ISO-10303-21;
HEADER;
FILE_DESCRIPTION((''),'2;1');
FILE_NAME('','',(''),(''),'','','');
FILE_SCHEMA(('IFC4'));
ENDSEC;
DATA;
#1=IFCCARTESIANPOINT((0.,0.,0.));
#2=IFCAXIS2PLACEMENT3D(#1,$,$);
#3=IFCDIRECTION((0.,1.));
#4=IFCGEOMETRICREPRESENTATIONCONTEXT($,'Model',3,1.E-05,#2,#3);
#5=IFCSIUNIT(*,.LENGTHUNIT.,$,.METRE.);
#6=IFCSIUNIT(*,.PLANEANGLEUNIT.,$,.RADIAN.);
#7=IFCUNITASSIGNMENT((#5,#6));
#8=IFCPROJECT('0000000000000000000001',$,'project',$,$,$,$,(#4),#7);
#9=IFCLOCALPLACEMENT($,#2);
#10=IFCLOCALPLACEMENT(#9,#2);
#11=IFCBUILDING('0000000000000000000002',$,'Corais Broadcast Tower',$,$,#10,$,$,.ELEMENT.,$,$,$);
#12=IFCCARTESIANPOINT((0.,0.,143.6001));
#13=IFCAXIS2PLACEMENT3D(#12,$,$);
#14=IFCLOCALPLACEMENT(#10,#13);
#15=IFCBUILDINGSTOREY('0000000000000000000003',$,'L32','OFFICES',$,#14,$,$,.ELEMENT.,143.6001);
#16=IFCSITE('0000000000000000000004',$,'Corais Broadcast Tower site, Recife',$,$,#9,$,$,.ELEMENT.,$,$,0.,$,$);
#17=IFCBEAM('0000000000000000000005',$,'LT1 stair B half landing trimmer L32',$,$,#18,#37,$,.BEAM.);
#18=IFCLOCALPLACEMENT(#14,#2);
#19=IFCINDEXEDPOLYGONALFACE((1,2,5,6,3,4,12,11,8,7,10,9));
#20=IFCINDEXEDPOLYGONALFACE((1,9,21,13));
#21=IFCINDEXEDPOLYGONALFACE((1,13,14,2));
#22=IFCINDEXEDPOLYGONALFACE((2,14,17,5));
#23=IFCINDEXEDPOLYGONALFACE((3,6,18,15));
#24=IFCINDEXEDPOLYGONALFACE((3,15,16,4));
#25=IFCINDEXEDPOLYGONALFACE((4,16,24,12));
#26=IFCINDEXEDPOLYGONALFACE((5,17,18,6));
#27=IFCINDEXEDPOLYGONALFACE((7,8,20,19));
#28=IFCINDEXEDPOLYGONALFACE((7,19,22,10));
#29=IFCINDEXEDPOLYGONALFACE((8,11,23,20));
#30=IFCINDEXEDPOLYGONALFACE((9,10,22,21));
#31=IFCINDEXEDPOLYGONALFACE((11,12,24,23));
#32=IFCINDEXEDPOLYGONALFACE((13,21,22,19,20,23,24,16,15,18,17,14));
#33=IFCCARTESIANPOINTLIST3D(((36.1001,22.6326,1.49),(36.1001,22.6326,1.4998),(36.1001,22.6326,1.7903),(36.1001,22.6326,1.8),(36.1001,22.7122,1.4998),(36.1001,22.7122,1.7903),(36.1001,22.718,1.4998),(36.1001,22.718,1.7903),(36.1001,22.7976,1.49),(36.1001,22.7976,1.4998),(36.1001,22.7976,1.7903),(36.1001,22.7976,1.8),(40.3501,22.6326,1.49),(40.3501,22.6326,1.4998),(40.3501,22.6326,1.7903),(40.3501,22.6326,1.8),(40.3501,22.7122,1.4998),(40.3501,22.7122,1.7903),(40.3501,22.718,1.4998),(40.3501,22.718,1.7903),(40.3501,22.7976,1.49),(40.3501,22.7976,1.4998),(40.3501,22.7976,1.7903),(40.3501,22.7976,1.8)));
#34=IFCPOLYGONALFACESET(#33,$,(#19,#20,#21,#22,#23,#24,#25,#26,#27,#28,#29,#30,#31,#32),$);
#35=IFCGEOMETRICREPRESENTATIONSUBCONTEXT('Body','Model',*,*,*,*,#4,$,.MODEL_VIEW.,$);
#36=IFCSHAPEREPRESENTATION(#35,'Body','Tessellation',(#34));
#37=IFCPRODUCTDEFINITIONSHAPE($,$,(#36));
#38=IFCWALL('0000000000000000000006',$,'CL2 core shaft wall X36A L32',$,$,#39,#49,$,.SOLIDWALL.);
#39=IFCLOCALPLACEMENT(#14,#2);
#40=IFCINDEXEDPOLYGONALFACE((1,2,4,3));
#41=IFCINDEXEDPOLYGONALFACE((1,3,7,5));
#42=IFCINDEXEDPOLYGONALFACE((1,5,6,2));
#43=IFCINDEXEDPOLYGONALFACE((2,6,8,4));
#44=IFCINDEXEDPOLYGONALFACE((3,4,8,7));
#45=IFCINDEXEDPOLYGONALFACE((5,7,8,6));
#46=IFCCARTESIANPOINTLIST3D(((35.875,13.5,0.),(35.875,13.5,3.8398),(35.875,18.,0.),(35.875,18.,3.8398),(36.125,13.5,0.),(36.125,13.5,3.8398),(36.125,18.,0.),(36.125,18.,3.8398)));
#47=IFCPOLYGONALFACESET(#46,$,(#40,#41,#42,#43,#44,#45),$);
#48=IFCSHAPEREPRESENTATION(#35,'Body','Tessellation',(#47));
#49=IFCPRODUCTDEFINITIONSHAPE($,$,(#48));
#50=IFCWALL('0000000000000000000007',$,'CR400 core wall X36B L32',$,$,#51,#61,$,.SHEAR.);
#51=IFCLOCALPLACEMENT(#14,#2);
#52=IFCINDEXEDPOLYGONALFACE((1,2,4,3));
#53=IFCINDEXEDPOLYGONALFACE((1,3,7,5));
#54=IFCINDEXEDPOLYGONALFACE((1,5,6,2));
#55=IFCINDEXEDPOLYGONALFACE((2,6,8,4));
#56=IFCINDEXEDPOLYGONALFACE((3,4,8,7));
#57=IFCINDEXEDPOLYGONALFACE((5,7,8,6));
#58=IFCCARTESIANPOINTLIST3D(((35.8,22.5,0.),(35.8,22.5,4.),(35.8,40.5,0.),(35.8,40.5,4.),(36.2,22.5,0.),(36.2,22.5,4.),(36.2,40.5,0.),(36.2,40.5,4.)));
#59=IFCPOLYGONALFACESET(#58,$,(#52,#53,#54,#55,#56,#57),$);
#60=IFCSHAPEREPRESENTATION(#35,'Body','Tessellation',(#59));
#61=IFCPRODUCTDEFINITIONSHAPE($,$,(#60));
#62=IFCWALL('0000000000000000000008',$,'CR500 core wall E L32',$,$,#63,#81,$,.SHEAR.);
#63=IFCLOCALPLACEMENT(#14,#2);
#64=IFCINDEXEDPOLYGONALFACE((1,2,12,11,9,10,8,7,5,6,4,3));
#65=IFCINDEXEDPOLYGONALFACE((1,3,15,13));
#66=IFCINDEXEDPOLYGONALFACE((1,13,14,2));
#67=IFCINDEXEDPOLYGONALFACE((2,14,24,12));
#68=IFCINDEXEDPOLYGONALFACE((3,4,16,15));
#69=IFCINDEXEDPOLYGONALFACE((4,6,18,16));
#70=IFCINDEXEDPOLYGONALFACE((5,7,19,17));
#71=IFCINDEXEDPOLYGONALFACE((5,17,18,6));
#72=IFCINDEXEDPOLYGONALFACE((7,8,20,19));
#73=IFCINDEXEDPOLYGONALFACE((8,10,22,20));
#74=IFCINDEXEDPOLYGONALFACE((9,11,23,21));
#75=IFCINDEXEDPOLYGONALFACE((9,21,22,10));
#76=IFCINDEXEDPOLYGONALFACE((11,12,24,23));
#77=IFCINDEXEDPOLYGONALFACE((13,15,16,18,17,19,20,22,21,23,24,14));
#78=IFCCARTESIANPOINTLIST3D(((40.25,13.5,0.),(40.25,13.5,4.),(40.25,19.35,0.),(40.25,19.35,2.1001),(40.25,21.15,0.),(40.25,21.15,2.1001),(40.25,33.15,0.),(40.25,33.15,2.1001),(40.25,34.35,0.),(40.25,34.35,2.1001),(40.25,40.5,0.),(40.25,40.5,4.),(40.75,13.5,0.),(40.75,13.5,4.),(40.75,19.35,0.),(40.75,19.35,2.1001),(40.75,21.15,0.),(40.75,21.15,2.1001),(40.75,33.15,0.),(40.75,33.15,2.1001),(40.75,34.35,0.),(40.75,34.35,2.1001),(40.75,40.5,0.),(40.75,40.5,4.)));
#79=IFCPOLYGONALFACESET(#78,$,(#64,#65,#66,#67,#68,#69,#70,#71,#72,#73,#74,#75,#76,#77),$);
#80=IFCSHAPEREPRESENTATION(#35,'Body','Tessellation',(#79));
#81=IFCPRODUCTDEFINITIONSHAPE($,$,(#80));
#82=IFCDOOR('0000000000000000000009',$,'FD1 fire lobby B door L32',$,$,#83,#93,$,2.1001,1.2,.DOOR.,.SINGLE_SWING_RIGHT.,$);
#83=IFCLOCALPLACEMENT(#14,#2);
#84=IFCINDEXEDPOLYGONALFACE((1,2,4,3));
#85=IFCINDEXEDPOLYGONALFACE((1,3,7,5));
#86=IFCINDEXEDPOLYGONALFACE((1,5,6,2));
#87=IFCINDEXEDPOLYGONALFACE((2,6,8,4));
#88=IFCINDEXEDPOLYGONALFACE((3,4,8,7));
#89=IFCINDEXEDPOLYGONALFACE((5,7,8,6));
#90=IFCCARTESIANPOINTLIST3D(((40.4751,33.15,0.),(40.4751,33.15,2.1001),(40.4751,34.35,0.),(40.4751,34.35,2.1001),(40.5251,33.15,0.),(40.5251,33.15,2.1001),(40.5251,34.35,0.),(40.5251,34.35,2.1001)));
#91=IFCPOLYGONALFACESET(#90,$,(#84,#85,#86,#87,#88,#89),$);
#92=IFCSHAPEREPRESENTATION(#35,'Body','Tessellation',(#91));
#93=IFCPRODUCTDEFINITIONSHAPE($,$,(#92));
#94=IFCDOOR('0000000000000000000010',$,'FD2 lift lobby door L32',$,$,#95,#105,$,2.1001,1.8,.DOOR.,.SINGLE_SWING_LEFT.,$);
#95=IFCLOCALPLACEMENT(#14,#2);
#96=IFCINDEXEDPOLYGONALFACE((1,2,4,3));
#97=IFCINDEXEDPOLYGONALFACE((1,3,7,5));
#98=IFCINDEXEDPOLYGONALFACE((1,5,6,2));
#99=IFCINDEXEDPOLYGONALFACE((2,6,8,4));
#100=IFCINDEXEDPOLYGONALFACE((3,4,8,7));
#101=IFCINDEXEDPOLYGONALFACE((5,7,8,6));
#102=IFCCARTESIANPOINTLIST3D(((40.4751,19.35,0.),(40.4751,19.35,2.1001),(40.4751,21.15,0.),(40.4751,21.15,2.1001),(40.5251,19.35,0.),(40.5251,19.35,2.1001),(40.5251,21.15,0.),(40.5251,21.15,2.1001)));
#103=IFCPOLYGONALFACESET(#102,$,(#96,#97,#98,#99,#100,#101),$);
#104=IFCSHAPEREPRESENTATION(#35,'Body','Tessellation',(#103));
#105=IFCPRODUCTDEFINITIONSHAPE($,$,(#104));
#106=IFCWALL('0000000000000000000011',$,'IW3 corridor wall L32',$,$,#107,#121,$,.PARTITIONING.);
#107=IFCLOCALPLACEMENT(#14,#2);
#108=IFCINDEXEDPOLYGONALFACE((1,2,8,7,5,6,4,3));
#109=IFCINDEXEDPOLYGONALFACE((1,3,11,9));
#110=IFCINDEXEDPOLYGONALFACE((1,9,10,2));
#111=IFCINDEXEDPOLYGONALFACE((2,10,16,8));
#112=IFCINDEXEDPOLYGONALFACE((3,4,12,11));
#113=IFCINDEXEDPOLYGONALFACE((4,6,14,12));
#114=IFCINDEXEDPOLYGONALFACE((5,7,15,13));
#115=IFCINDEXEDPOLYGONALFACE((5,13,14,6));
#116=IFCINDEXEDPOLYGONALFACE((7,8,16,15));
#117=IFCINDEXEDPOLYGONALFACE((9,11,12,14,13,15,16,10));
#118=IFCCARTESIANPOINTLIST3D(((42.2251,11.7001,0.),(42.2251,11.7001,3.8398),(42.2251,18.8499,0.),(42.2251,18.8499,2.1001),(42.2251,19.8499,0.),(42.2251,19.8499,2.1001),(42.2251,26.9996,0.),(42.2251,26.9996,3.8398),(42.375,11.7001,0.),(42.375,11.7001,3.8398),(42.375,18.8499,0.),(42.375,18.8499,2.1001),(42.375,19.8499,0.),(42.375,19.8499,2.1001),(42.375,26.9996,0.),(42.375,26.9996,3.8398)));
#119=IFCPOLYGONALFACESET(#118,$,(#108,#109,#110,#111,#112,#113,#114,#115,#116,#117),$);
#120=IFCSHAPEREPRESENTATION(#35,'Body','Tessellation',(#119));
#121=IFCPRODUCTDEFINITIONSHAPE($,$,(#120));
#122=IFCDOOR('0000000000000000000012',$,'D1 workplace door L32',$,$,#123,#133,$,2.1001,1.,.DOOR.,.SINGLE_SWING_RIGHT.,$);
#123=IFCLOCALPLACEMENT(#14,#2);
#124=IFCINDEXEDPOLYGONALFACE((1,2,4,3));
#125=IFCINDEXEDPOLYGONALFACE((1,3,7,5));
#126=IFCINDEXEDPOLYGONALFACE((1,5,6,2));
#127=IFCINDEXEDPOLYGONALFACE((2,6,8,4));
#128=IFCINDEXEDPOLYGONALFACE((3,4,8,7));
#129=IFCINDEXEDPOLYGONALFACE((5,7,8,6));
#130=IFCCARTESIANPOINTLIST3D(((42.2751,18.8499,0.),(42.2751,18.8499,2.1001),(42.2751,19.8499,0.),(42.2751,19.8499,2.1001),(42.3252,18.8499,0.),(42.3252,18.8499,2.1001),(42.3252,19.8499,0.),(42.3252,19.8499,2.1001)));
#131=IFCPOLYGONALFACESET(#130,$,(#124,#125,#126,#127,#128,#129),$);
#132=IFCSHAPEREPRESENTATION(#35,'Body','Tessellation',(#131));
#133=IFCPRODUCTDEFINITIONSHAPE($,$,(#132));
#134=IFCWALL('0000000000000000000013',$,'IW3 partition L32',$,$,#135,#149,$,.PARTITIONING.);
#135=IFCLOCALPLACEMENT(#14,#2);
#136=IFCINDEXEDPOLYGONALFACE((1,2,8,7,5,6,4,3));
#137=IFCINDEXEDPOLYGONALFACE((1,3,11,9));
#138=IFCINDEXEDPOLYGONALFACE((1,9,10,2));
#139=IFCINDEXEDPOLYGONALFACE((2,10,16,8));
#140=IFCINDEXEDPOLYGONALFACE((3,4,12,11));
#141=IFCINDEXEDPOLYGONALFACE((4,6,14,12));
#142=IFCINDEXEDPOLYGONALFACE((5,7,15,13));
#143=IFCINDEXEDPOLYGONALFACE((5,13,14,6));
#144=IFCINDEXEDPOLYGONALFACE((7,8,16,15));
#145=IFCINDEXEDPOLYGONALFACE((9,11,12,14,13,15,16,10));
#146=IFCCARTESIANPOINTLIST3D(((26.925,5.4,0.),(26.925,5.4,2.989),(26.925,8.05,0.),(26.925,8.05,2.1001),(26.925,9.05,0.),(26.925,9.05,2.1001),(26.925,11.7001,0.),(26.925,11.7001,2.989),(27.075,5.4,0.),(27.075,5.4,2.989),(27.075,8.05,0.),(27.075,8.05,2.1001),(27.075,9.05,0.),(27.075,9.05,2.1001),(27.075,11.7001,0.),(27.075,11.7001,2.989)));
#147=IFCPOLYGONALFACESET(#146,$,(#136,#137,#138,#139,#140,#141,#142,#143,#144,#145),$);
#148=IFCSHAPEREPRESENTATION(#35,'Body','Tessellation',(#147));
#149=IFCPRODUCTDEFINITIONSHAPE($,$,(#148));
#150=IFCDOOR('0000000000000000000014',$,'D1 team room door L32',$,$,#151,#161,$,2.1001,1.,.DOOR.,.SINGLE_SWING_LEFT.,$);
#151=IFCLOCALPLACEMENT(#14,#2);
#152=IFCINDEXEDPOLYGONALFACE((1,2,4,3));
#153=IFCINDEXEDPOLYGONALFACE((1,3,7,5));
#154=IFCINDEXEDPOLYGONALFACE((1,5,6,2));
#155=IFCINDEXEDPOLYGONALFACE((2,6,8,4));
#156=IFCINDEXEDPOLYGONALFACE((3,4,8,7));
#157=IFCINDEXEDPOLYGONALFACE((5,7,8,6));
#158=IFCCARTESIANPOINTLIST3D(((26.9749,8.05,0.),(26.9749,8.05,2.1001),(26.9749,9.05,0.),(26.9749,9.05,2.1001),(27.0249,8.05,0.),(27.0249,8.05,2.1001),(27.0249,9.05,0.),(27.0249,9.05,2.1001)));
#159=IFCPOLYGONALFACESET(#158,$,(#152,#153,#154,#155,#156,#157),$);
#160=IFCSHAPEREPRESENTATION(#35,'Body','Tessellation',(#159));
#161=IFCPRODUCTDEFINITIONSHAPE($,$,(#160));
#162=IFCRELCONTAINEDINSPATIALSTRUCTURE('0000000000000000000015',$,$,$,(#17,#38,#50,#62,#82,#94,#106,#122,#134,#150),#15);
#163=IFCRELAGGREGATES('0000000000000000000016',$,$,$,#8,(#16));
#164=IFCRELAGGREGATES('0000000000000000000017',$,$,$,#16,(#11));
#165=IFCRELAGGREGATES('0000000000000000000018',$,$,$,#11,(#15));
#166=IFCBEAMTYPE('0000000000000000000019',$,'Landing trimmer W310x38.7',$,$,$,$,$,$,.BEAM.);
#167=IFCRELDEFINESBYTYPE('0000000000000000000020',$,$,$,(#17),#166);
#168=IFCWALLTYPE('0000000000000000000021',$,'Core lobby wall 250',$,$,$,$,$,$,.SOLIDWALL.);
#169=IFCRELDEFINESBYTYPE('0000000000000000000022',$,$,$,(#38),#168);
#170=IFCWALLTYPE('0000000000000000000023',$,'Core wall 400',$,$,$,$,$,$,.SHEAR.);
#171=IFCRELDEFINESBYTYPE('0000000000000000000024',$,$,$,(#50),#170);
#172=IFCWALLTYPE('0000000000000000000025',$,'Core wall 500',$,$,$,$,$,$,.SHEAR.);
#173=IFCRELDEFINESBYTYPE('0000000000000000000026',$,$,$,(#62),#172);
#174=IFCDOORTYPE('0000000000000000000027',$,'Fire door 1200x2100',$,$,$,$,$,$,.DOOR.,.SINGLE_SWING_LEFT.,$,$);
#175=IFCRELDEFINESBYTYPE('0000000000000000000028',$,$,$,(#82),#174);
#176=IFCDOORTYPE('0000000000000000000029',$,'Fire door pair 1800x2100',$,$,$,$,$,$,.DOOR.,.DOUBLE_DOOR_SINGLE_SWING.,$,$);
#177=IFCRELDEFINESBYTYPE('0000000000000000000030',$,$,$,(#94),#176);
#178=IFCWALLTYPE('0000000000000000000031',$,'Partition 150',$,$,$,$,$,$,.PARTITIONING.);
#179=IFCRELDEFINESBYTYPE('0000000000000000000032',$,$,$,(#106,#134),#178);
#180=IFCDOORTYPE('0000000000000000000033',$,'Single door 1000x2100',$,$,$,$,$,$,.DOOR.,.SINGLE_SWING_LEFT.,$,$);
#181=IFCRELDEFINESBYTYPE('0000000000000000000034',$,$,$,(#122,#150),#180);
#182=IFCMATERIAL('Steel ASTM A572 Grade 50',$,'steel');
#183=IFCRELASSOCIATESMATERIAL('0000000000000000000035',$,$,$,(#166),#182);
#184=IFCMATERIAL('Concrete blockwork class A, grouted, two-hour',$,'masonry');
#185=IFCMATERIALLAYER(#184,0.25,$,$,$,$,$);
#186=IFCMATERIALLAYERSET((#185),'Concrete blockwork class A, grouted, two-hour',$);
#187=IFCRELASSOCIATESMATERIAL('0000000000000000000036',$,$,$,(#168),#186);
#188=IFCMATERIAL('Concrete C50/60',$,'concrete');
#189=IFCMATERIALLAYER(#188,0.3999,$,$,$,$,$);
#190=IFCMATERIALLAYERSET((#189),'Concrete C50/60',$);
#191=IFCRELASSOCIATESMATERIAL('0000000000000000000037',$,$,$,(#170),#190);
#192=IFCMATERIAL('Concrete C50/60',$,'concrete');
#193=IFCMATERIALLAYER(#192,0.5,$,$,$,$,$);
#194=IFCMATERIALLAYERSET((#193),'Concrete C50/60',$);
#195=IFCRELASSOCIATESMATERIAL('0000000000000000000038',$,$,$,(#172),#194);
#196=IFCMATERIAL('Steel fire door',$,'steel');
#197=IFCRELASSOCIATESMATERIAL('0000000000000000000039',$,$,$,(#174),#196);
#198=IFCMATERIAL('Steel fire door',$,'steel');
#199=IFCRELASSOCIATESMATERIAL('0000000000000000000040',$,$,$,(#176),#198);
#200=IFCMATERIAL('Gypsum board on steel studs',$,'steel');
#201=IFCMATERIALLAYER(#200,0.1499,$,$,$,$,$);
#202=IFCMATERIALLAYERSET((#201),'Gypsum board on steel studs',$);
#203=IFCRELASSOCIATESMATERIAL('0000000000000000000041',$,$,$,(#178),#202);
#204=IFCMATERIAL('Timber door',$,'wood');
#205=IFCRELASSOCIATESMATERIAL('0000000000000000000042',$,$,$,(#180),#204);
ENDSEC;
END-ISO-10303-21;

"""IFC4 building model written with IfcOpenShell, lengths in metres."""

from ifc_helpers import new_model, si_unit, direction, frame, frame_2d, origin, origin_2d, place, context, subcontext, project, spatial, rectangle, i_section, extrude, material, layer, layer_set, material_profile, profile_set, type_object, element, fill, save


model = new_model("IFC4")

# Units and contexts
model_context = context("Model", 3, precision=1e-05, world=origin(), true_north=direction((0.0, 1.0)))
body_context = subcontext(model_context, "Body", "Model", "MODEL_VIEW")
ifc_project = project(units=[si_unit("LENGTHUNIT", "METRE"), si_unit("PLANEANGLEUNIT", "RADIAN")], contexts=[model_context])

# Site, building, storey
site_placement = place(None, origin())
site = spatial("IfcSite", under=ifc_project, at=site_placement, Name="Corais Broadcast Tower site, Recife", CompositionType="ELEMENT", RefElevation=0.0)
building_placement = place(site_placement, origin())
building = spatial("IfcBuilding", under=site, at=building_placement, Name="Corais Broadcast Tower", CompositionType="ELEMENT")
storey_placement = place(building_placement, frame((0.0, 0.0, 143.6001)))
storey = spatial("IfcBuildingStorey", under=building, at=storey_placement, Name="L32", Description="OFFICES", CompositionType="ELEMENT", Elevation=143.6001)

# Beam
ifc_material_1 = material(Name="Steel ASTM A572 Grade 50", Category="steel")
ifc_material_profile = material_profile(ifc_material_1, i_section(OverallWidth=0.165, OverallDepth=0.3101, WebThickness=0.0059, FlangeThickness=0.0098, at=origin_2d()), Name="W310x38.7")
ifc_profile_set = profile_set([ifc_material_profile], Name="Steel ASTM A572 Grade 50")
beam_type = type_object("IfcBeamType", Name="Landing trimmer W310x38.7", PredefinedType="BEAM", material=ifc_profile_set)
beam_placement = place(storey_placement, frame((36.1001, 22.7151, 1.645), z_axis=(1.0, 0.0, 0.0), x_axis=(0.0, 1.0, 0.0)))
element("IfcBeam", 1, at=beam_placement, inside=storey, type_object=beam_type, Name="LT1 stair B half landing trimmer L32", PredefinedType="BEAM", context=body_context, shape_type="SweptSolid", body=[
    extrude(i_section(OverallWidth=0.165, OverallDepth=0.3101, WebThickness=0.0059, FlangeThickness=0.0098, at=origin_2d()), origin(), (0.0, 0.0, 1.0), 4.25),
])

# Walls
ifc_material_2 = material(Name="Concrete blockwork class A, grouted, two-hour", Category="masonry")
ifc_layer_1 = layer(ifc_material_2, 0.25)
ifc_layer_set_1 = layer_set([ifc_layer_1], Name="Concrete blockwork class A, grouted, two-hour")
wall_type_1 = type_object("IfcWallType", Name="Core lobby wall 250", PredefinedType="SOLIDWALL", material=ifc_layer_set_1)
wall_1_placement = place(storey_placement, frame((36.0, 13.5, 0.0), z_axis=(0.0, 0.0, 1.0), x_axis=(0.0, 1.0, 0.0)))
element("IfcWall", 2, at=wall_1_placement, inside=storey, type_object=wall_type_1, Name="CL2 core shaft wall X36A L32", PredefinedType="SOLIDWALL", context=body_context, shape_type="SweptSolid", body=[
    extrude(rectangle(XDim=4.5, YDim=0.25, at=frame_2d((2.25, 0.0))), origin(), (0.0, 0.0, 1.0), 3.8398),
])
ifc_material_3 = material(Name="Concrete C50/60", Category="concrete")
ifc_layer_2 = layer(ifc_material_3, 0.3999)
ifc_layer_set_2 = layer_set([ifc_layer_2], Name="Concrete C50/60")
wall_type_2 = type_object("IfcWallType", Name="Core wall 400", PredefinedType="SHEAR", material=ifc_layer_set_2)
wall_2_placement = place(storey_placement, frame((36.0, 22.5, 0.0), z_axis=(0.0, 0.0, 1.0), x_axis=(0.0, 1.0, 0.0)))
element("IfcWall", 3, at=wall_2_placement, inside=storey, type_object=wall_type_2, Name="CR400 core wall X36B L32", PredefinedType="SHEAR", context=body_context, shape_type="SweptSolid", body=[
    extrude(rectangle(XDim=18.0, YDim=0.3999, at=frame_2d((9.0, 0.0))), origin(), (0.0, 0.0, 1.0), 4.0),
])

# Wall, openings, doors
ifc_material_4 = material(Name="Concrete C50/60", Category="concrete")
ifc_layer_3 = layer(ifc_material_4, 0.5)
ifc_layer_set_3 = layer_set([ifc_layer_3], Name="Concrete C50/60")
wall_type_3 = type_object("IfcWallType", Name="Core wall 500", PredefinedType="SHEAR", material=ifc_layer_set_3)
wall_3_placement = place(storey_placement, frame((40.5, 13.5, 0.0), z_axis=(0.0, 0.0, 1.0), x_axis=(0.0, 1.0, 0.0)))
wall_3 = element("IfcWall", 4, at=wall_3_placement, inside=storey, type_object=wall_type_3, Name="CR500 core wall E L32", PredefinedType="SHEAR", context=body_context, shape_type="SweptSolid", body=[
    extrude(rectangle(XDim=27.0, YDim=0.5, at=frame_2d((13.5, 0.0))), origin(), (0.0, 0.0, 1.0), 4.0),
])
opening_1_placement = place(wall_3_placement, frame((5.8501, 0.0, 0.0)))
opening_1 = element("IfcOpeningElement", 5, at=opening_1_placement, cuts=wall_3, PredefinedType="OPENING", context=body_context, shape_type="SweptSolid", body=[
    extrude(rectangle(XDim=1.8, YDim=2.1001, at=frame_2d((0.8999, 1.05))), frame((0.0, 0.26, 0.0), z_axis=(0.0, -1.0, 0.0), x_axis=(1.0, 0.0, 0.0)), (0.0, 0.0, 1.0), 0.52),
])
opening_2_placement = place(wall_3_placement, frame((19.6499, 0.0, 0.0)))
opening_2 = element("IfcOpeningElement", 6, at=opening_2_placement, cuts=wall_3, PredefinedType="OPENING", context=body_context, shape_type="SweptSolid", body=[
    extrude(rectangle(XDim=1.2, YDim=2.1001, at=frame_2d((0.6001, 1.05))), frame((0.0, 0.26, 0.0), z_axis=(0.0, -1.0, 0.0), x_axis=(1.0, 0.0, 0.0)), (0.0, 0.0, 1.0), 0.52),
])
ifc_material_5 = material(Name="Steel fire door", Category="steel")
door_type_1 = type_object("IfcDoorType", Name="Fire door 1200x2100", OperationType="SINGLE_SWING_LEFT", PredefinedType="DOOR", material=ifc_material_5)
door_1_placement = place(opening_2_placement, origin())
door_1 = element("IfcDoor", 7, at=door_1_placement, inside=storey, type_object=door_type_1, Name="FD1 fire lobby B door L32", OperationType="SINGLE_SWING_RIGHT", OverallHeight=2.1001, OverallWidth=1.2, PredefinedType="DOOR", context=body_context, shape_type="SweptSolid", body=[
    extrude(rectangle(XDim=1.2, YDim=2.1001, at=frame_2d((0.6001, 1.05))), frame((0.0, 0.0249, 0.0), z_axis=(0.0, -1.0, 0.0), x_axis=(1.0, 0.0, 0.0)), (0.0, 0.0, 1.0), 0.05),
])
fill(opening_2, door_1)
ifc_material_6 = material(Name="Steel fire door", Category="steel")
door_type_2 = type_object("IfcDoorType", Name="Fire door pair 1800x2100", OperationType="DOUBLE_DOOR_SINGLE_SWING", PredefinedType="DOOR", material=ifc_material_6)
door_2_placement = place(opening_1_placement, origin())
door_2 = element("IfcDoor", 8, at=door_2_placement, inside=storey, type_object=door_type_2, Name="FD2 lift lobby door L32", OperationType="SINGLE_SWING_LEFT", OverallHeight=2.1001, OverallWidth=1.8, PredefinedType="DOOR", context=body_context, shape_type="SweptSolid", body=[
    extrude(rectangle(XDim=1.8, YDim=2.1001, at=frame_2d((0.8999, 1.05))), frame((0.0, 0.0249, 0.0), z_axis=(0.0, -1.0, 0.0), x_axis=(1.0, 0.0, 0.0)), (0.0, 0.0, 1.0), 0.05),
])
fill(opening_1, door_2)

# Walls, openings, doors
ifc_material_7 = material(Name="Gypsum board on steel studs", Category="steel")
ifc_layer_4 = layer(ifc_material_7, 0.1499)
ifc_layer_set_4 = layer_set([ifc_layer_4], Name="Gypsum board on steel studs")
wall_type_4 = type_object("IfcWallType", Name="Partition 150", PredefinedType="PARTITIONING", material=ifc_layer_set_4)
wall_4_placement = place(storey_placement, frame((42.3, 11.7, 0.0), z_axis=(0.0, 0.0, 1.0), x_axis=(0.0, 1.0, 0.0)))
wall_4 = element("IfcWall", 9, at=wall_4_placement, inside=storey, type_object=wall_type_4, Name="IW3 corridor wall L32", PredefinedType="PARTITIONING", context=body_context, shape_type="SweptSolid", body=[
    extrude(rectangle(XDim=15.2996, YDim=0.1499, at=frame_2d((7.6499, 0.0))), origin(), (0.0, 0.0, 1.0), 3.8398),
])
opening_3_placement = place(wall_4_placement, frame((7.1499, 0.0, 0.0)))
opening_3 = element("IfcOpeningElement", 10, at=opening_3_placement, cuts=wall_4, PredefinedType="OPENING", context=body_context, shape_type="SweptSolid", body=[
    extrude(rectangle(XDim=1.0, YDim=2.1001, at=frame_2d((0.5, 1.05))), frame((0.0, 0.085, 0.0), z_axis=(0.0, -1.0, 0.0), x_axis=(1.0, 0.0, 0.0)), (0.0, 0.0, 1.0), 0.1699),
])
ifc_material_8 = material(Name="Timber door", Category="wood")
door_type_3 = type_object("IfcDoorType", Name="Single door 1000x2100", OperationType="SINGLE_SWING_LEFT", PredefinedType="DOOR", material=ifc_material_8)
door_3_placement = place(opening_3_placement, origin())
door_3 = element("IfcDoor", 11, at=door_3_placement, inside=storey, type_object=door_type_3, Name="D1 workplace door L32", OperationType="SINGLE_SWING_RIGHT", OverallHeight=2.1001, OverallWidth=1.0, PredefinedType="DOOR", context=body_context, shape_type="SweptSolid", body=[
    extrude(rectangle(XDim=1.0, YDim=2.1001, at=frame_2d((0.5, 1.05))), frame((0.0, 0.0249, 0.0), z_axis=(0.0, -1.0, 0.0), x_axis=(1.0, 0.0, 0.0)), (0.0, 0.0, 1.0), 0.05),
])
fill(opening_3, door_3)
wall_5_placement = place(storey_placement, frame((27.0, 11.7, 0.0), z_axis=(0.0, 0.0, 1.0), x_axis=(0.0, -1.0, 0.0)))
wall_5 = element("IfcWall", 12, at=wall_5_placement, inside=storey, type_object=wall_type_4, Name="IW3 partition L32", PredefinedType="PARTITIONING", context=body_context, shape_type="SweptSolid", body=[
    extrude(rectangle(XDim=6.3, YDim=0.1499, at=frame_2d((3.1499, 0.0))), origin(), (0.0, 0.0, 1.0), 2.989),
])
opening_4_placement = place(wall_5_placement, frame((2.6499, 0.0, 0.0)))
opening_4 = element("IfcOpeningElement", 13, at=opening_4_placement, cuts=wall_5, PredefinedType="OPENING", context=body_context, shape_type="SweptSolid", body=[
    extrude(rectangle(XDim=1.0, YDim=2.1001, at=frame_2d((0.5, 1.05))), frame((0.0, 0.085, 0.0), z_axis=(0.0, -1.0, 0.0), x_axis=(1.0, 0.0, 0.0)), (0.0, 0.0, 1.0), 0.1699),
])
door_4_placement = place(opening_4_placement, origin())
door_4 = element("IfcDoor", 14, at=door_4_placement, inside=storey, type_object=door_type_3, Name="D1 team room door L32", OperationType="SINGLE_SWING_LEFT", OverallHeight=2.1001, OverallWidth=1.0, PredefinedType="DOOR", context=body_context, shape_type="SweptSolid", body=[
    extrude(rectangle(XDim=1.0, YDim=2.1001, at=frame_2d((0.5, 1.05))), frame((0.0, 0.0249, 0.0), z_axis=(0.0, -1.0, 0.0), x_axis=(1.0, 0.0, 0.0)), (0.0, 0.0, 1.0), 0.05),
])
fill(opening_4, door_4)

save(model, "model.ifc")
